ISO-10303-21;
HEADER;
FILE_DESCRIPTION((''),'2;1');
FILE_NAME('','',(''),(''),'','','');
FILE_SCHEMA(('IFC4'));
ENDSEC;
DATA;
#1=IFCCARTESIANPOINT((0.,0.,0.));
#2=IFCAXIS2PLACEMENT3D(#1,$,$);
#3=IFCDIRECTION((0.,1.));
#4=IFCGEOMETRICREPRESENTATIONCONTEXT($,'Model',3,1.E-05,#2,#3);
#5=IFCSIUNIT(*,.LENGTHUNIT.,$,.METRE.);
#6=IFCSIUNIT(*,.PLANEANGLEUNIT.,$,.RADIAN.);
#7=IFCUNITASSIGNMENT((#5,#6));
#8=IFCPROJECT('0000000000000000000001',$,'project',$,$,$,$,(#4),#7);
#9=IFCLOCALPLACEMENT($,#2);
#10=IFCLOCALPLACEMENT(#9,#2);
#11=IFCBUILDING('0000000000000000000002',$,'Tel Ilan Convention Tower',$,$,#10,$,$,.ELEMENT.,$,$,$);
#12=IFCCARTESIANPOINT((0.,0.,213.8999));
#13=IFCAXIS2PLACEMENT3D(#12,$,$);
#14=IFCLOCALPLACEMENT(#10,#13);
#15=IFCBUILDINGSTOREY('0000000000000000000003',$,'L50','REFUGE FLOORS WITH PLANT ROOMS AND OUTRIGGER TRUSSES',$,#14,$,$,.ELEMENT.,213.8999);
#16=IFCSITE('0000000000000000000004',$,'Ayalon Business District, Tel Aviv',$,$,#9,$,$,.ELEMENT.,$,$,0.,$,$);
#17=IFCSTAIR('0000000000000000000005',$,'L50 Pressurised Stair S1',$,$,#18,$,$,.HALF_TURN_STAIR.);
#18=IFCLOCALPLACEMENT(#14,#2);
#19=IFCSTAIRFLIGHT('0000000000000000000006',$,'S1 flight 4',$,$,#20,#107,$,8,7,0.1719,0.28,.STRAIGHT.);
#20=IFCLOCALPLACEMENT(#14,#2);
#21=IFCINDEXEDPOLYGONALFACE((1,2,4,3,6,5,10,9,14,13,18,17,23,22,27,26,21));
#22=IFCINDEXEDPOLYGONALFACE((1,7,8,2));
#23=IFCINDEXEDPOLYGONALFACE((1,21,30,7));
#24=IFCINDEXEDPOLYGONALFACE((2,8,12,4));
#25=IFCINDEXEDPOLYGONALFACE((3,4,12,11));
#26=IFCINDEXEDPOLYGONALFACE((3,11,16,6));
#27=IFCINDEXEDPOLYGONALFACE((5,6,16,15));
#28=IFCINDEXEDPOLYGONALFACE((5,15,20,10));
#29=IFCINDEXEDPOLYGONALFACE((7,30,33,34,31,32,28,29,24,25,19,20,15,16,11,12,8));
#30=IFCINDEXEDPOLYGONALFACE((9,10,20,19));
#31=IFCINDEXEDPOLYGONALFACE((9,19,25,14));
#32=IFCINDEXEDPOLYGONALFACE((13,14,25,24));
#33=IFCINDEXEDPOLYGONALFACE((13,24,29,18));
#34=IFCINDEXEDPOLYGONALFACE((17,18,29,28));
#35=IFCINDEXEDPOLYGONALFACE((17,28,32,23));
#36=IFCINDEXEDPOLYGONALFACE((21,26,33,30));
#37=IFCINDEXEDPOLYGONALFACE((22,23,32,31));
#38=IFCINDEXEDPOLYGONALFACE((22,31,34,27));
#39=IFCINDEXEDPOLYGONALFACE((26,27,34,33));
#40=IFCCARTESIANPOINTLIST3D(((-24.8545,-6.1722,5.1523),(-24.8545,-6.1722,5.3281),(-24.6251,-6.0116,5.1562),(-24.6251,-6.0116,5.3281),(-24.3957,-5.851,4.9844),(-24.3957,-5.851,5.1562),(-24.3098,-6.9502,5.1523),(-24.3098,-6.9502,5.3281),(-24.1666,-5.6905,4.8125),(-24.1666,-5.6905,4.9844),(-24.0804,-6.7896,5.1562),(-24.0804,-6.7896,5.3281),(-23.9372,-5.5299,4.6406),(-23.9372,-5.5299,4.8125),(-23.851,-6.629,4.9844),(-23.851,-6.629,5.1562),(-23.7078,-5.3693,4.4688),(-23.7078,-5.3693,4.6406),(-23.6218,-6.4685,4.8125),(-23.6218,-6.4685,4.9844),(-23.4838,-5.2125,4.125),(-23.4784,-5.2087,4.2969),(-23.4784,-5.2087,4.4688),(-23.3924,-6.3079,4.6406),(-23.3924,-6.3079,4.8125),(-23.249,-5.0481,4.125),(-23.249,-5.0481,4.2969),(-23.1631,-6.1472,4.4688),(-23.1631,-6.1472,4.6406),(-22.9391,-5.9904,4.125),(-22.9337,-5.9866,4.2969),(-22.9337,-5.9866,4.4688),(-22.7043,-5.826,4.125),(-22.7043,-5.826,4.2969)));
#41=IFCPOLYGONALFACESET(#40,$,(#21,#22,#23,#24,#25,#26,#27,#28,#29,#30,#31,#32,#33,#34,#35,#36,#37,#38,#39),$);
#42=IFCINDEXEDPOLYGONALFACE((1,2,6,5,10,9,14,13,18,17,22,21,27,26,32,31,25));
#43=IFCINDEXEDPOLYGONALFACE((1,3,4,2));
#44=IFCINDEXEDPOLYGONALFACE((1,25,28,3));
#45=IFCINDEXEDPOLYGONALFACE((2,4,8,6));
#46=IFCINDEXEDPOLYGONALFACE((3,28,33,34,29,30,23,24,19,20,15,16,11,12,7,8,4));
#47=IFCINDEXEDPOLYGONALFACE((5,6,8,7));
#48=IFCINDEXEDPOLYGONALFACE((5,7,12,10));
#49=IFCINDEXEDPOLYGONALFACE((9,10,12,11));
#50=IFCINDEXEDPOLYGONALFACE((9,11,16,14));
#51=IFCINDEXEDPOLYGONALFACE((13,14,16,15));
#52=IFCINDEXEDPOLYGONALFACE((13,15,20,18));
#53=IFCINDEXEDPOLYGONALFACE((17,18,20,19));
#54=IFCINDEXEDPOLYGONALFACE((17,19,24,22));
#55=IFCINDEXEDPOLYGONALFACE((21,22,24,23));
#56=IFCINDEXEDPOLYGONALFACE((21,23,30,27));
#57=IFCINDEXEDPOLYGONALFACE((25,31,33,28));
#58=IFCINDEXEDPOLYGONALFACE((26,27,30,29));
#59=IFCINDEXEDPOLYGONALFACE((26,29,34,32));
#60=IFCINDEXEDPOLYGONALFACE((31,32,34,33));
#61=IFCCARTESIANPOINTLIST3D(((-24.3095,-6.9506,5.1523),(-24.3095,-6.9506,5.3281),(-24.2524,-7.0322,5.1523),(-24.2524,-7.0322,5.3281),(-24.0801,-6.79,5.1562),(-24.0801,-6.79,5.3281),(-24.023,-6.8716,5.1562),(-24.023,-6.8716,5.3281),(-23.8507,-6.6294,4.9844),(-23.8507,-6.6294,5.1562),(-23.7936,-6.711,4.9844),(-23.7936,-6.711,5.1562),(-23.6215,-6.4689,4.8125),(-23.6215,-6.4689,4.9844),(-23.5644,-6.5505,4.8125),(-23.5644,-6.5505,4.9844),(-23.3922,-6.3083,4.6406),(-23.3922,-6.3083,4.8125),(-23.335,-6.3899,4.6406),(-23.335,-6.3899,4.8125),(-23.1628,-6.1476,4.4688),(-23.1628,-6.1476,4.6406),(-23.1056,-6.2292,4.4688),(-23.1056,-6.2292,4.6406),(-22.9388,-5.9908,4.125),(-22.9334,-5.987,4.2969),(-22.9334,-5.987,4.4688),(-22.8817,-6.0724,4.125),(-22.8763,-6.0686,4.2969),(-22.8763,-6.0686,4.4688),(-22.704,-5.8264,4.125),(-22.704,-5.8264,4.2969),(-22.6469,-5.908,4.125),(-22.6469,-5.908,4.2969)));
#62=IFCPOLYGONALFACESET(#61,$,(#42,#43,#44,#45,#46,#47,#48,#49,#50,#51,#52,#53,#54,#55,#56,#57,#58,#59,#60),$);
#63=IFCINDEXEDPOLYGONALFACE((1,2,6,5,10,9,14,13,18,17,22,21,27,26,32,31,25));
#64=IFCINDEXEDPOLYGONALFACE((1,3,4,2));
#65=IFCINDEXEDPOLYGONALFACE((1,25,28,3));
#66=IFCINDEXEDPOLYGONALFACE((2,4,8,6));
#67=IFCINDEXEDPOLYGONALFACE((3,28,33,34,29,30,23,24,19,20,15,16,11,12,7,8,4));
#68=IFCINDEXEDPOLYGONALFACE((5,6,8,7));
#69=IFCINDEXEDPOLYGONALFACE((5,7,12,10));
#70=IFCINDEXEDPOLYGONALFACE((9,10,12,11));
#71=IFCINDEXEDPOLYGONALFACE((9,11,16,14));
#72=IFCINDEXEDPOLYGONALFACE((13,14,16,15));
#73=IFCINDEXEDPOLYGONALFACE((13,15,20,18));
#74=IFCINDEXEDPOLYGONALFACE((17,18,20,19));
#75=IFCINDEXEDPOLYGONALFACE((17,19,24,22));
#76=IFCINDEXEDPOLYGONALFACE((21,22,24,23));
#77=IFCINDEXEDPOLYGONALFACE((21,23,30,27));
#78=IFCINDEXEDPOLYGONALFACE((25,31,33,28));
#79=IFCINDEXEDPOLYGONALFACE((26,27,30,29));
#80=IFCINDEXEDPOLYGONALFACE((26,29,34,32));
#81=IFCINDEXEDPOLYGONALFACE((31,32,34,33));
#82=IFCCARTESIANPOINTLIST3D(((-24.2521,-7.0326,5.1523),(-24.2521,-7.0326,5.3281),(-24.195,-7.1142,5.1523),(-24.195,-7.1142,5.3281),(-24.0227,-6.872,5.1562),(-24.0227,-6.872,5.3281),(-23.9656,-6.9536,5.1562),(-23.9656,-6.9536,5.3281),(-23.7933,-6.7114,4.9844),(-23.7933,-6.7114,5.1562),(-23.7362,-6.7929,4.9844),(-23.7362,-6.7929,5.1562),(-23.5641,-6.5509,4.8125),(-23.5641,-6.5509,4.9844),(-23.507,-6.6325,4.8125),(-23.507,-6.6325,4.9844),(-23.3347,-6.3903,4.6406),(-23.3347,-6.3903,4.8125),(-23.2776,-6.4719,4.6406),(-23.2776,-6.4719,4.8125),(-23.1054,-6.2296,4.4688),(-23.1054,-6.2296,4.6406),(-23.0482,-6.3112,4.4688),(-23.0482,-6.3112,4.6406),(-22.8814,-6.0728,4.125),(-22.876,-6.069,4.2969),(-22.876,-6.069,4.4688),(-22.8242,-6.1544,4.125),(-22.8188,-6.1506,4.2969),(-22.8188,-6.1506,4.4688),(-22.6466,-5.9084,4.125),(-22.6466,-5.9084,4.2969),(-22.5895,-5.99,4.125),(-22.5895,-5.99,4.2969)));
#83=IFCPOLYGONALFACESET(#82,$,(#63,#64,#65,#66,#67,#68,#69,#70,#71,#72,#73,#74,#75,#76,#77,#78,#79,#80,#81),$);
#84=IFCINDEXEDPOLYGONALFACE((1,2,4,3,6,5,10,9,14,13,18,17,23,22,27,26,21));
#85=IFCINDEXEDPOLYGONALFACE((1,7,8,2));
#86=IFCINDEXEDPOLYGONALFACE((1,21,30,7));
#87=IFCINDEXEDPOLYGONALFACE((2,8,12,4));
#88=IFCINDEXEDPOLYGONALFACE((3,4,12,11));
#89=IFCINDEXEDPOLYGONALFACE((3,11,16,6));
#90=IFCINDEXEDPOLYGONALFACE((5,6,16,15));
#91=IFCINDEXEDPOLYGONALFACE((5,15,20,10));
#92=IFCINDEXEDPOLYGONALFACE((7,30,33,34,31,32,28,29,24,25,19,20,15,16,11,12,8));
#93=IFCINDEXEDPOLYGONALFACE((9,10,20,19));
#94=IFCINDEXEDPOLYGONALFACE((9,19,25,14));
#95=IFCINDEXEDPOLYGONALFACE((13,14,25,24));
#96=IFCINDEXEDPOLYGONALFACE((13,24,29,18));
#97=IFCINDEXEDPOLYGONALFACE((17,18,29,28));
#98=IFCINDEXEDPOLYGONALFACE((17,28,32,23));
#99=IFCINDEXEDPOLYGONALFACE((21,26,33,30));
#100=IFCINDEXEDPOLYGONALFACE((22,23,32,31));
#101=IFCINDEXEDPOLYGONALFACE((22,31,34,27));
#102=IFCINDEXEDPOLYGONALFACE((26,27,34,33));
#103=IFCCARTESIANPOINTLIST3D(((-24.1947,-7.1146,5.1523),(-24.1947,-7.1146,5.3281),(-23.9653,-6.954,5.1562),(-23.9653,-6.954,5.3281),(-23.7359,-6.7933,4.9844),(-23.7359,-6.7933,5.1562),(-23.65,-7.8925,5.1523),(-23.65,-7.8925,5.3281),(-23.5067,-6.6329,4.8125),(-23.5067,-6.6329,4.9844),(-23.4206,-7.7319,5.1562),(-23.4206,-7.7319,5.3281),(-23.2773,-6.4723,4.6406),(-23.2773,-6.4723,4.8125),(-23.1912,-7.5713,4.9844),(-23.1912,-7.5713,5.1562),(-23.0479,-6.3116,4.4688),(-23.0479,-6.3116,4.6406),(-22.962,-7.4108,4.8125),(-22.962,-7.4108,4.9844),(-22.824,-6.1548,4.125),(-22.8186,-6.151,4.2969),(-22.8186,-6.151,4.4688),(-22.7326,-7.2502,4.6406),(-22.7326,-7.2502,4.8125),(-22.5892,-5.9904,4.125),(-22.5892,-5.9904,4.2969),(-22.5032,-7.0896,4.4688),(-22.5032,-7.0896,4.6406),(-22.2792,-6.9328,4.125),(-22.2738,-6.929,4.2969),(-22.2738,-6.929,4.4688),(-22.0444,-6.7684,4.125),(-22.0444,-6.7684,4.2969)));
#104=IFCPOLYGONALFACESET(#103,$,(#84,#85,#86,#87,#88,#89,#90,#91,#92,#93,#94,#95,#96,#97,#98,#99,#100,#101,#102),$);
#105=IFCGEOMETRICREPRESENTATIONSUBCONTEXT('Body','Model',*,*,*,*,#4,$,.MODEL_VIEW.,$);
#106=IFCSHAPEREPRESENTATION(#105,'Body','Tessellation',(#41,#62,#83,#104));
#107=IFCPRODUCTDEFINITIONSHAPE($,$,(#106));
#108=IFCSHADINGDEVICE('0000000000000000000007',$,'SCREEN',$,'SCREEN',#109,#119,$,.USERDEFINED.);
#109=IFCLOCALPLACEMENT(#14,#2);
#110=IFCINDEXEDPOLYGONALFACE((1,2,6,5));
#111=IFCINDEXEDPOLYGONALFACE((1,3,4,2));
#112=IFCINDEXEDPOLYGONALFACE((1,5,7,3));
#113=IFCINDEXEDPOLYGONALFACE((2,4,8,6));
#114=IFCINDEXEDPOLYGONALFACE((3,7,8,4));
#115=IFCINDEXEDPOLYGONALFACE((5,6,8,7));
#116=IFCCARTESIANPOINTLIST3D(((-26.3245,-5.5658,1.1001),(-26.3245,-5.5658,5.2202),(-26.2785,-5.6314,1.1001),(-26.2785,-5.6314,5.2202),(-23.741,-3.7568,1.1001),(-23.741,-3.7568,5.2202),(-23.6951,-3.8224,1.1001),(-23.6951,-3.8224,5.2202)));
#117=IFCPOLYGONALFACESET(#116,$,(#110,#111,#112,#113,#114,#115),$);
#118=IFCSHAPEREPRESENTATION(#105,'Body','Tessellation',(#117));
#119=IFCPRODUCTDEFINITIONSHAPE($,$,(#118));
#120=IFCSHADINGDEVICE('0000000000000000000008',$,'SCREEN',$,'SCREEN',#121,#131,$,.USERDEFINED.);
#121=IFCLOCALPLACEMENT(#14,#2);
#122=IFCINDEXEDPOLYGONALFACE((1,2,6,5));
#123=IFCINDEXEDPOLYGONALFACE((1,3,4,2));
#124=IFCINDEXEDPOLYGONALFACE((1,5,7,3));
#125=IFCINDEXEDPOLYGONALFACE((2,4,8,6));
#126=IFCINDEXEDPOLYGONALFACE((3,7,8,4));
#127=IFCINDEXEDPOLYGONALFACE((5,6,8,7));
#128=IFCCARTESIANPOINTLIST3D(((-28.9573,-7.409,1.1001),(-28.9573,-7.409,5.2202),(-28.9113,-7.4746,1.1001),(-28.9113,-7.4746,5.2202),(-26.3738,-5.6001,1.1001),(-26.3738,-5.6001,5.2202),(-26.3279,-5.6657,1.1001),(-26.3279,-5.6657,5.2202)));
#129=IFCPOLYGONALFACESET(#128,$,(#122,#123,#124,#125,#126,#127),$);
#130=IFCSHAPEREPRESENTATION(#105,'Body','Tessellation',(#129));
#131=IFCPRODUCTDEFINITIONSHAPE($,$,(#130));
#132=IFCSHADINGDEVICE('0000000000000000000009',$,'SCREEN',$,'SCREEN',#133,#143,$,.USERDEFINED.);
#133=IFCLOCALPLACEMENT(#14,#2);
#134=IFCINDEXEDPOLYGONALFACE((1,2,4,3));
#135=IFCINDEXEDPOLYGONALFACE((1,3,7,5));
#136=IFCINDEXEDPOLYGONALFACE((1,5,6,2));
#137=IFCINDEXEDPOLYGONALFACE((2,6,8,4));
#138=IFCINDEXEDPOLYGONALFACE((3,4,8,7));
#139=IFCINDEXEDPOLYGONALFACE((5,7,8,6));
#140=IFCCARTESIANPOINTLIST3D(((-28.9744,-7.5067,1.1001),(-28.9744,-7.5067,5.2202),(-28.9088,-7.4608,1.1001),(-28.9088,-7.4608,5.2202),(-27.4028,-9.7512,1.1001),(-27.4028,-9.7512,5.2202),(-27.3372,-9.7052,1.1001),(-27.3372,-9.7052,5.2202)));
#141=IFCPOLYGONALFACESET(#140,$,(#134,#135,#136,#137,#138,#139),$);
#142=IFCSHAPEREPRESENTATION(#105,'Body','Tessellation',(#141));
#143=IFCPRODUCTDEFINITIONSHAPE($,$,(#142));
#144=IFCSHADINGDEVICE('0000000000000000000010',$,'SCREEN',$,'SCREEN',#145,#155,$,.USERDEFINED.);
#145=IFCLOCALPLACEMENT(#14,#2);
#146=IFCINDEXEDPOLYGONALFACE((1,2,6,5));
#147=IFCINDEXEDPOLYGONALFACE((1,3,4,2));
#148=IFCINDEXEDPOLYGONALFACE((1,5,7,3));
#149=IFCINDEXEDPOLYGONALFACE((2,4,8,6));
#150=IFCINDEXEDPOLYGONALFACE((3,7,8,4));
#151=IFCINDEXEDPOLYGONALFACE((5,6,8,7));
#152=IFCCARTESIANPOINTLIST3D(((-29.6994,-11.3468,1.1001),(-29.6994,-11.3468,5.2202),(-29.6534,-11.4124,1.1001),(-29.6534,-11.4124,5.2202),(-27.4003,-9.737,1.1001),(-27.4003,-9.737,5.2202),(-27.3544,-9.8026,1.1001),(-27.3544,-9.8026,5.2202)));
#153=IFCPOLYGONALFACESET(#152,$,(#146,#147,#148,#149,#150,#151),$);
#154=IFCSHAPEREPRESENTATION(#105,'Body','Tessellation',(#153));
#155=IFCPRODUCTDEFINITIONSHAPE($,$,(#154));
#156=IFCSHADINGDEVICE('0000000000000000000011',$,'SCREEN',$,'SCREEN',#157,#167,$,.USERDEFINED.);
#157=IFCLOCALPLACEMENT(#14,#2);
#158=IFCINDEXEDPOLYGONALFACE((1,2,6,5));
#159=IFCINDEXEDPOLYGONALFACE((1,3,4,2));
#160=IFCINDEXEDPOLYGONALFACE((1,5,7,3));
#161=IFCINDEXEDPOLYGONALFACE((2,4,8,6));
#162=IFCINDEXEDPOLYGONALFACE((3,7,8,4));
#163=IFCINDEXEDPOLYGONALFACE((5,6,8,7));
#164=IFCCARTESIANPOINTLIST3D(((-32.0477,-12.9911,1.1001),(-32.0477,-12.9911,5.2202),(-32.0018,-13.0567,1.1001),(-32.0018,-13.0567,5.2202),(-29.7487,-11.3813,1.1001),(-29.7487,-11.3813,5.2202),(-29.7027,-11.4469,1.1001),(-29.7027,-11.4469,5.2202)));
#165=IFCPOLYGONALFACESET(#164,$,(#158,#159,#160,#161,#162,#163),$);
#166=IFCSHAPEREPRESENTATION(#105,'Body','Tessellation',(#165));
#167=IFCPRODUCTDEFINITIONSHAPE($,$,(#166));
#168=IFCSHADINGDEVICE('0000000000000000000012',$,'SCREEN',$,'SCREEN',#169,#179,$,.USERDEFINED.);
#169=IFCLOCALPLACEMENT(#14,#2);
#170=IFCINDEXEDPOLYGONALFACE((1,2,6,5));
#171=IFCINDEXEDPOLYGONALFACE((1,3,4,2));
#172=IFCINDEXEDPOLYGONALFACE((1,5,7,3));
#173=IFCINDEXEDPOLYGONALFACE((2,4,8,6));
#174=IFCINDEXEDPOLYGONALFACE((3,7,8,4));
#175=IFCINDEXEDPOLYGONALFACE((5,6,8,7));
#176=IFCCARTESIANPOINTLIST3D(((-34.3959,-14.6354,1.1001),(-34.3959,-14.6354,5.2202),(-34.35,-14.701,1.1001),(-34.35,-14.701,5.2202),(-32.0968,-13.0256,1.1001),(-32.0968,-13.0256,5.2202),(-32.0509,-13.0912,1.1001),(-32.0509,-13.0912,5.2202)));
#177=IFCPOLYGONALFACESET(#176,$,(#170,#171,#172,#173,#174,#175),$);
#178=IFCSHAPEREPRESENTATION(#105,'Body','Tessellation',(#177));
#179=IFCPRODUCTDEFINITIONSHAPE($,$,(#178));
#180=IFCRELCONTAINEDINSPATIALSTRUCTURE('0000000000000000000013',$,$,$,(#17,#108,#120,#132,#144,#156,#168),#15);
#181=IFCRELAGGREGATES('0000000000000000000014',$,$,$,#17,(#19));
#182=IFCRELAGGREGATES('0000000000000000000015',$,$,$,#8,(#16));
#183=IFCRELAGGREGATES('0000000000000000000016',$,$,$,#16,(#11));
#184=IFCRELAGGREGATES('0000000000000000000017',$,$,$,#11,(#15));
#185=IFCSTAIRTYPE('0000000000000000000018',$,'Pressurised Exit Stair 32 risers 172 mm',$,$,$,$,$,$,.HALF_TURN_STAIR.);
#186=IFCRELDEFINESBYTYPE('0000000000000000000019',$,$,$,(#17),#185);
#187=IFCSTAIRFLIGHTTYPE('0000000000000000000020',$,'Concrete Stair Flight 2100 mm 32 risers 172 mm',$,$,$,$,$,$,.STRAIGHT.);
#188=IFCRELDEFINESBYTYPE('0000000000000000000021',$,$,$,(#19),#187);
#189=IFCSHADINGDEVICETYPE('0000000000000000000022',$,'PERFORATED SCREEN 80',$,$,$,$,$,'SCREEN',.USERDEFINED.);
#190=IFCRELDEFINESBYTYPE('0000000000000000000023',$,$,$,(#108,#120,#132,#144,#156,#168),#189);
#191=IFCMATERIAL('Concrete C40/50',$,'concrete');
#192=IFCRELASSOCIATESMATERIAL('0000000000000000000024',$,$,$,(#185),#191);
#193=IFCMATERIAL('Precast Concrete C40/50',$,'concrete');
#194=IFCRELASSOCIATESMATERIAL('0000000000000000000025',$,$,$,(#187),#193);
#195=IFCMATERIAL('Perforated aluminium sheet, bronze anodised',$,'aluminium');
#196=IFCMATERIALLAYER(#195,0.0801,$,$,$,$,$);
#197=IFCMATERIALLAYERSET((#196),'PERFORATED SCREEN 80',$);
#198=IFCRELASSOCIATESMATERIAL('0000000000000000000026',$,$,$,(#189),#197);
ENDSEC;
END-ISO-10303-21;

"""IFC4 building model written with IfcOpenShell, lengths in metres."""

from ifc_helpers import new_model, si_unit, direction, frame, origin, origin_2d, place, context, subcontext, project, spatial, polyline, rectangle, outline, extrude, material, layer, layer_set, type_object, element, aggregate, save


model = new_model("IFC4")

# Units and contexts
model_context = context("Model", 3, precision=1e-05, world=origin(), true_north=direction((0.0, 1.0)))
body_context = subcontext(model_context, "Body", "Model", "MODEL_VIEW")
ifc_project = project(units=[si_unit("LENGTHUNIT", "METRE"), si_unit("PLANEANGLEUNIT", "RADIAN")], contexts=[model_context])

# Site, building, storey
site_placement = place(None, origin())
site = spatial("IfcSite", under=ifc_project, at=site_placement, Name="Ayalon Business District, Tel Aviv", CompositionType="ELEMENT", RefElevation=0.0)
building_placement = place(site_placement, origin())
building = spatial("IfcBuilding", under=site, at=building_placement, Name="Tel Ilan Convention Tower", CompositionType="ELEMENT")
storey_placement = place(building_placement, frame((0.0, 0.0, 213.8999)))
storey = spatial("IfcBuildingStorey", under=building, at=storey_placement, Name="L50", Description="REFUGE FLOORS WITH PLANT ROOMS AND OUTRIGGER TRUSSES", CompositionType="ELEMENT", Elevation=213.8999)

# Stair, stair flight
ifc_material_1 = material(Name="Concrete C40/50", Category="concrete")
stair_type = type_object("IfcStairType", Name="Pressurised Exit Stair 32 risers 172 mm", PredefinedType="HALF_TURN_STAIR", material=ifc_material_1)
stair_placement = place(storey_placement, origin())
stair = element("IfcStair", 1, at=stair_placement, inside=storey, type_object=stair_type, Name="L50 Pressurised Stair S1", PredefinedType="HALF_TURN_STAIR")
ifc_material_2 = material(Name="Precast Concrete C40/50", Category="concrete")
stair_flight_type = type_object("IfcStairFlightType", Name="Concrete Stair Flight 2100 mm 32 risers 172 mm", PredefinedType="STRAIGHT", material=ifc_material_2)
stair_flight_1_placement = place(storey_placement, frame((-22.6467, -5.9082, 4.125), z_axis=(0.0, 0.0, 1.0), x_axis=(-0.819152, -0.573576, 0.0)))
stair_flight_1 = element("IfcStairFlight", 2, at=stair_flight_1_placement, type_object=stair_flight_type, Name="S1 flight 4", NumberOfRisers=8, NumberOfTreads=7, PredefinedType="STRAIGHT", RiserHeight=0.1719, TreadLength=0.28, context=body_context, shape_type="SweptSolid", body=[
    extrude(outline(polyline([(0.0, 0.0), (0.0, 0.1719), (0.28, 0.1719), (0.28, 0.3438), (0.5601, 0.3438), (0.5601, 0.5156), (0.8401, 0.5156), (0.8401, 0.6875), (1.1201, 0.6875), (1.1201, 0.8594), (1.3999, 0.8594), (1.3999, 1.0312), (1.6799, 1.0312), (1.6799, 1.2031), (1.96, 1.2031), (1.96, 1.375), (1.96, 1.0273), (0.2866, 0.0), (0.0, 0.0)])), frame((0.0, -0.1003, 0.0), z_axis=(0.0, -1.0, 0.0), x_axis=(1.0, 0.0, 0.0)), (0.0, 0.0, 1.0), 0.9497),
    extrude(outline(polyline([(0.0, 0.0), (0.0, 0.1719), (0.28, 0.1719), (0.28, 0.3438), (0.5601, 0.3438), (0.5601, 0.5156), (0.8401, 0.5156), (0.8401, 0.6875), (1.1201, 0.6875), (1.1201, 0.8594), (1.3999, 0.8594), (1.3999, 1.0312), (1.6799, 1.0312), (1.6799, 1.2031), (1.96, 1.2031), (1.96, 1.375), (1.96, 1.0273), (0.2866, 0.0), (0.0, 0.0)])), frame((0.0, -0.0002, 0.0), z_axis=(0.0, -1.0, 0.0), x_axis=(1.0, 0.0, 0.0)), (0.0, 0.0, 1.0), 0.0996),
    extrude(outline(polyline([(0.0, 0.0), (0.0, 0.1719), (0.28, 0.1719), (0.28, 0.3438), (0.5601, 0.3438), (0.5601, 0.5156), (0.8401, 0.5156), (0.8401, 0.6875), (1.1201, 0.6875), (1.1201, 0.8594), (1.3999, 0.8594), (1.3999, 1.0312), (1.6799, 1.0312), (1.6799, 1.2031), (1.96, 1.2031), (1.96, 1.375), (1.96, 1.0273), (0.2866, 0.0), (0.0, 0.0)])), frame((0.0, 0.0999, 0.0), z_axis=(0.0, -1.0, 0.0), x_axis=(1.0, 0.0, 0.0)), (0.0, 0.0, 1.0), 0.0996),
    extrude(outline(polyline([(0.0, 0.0), (0.0, 0.1719), (0.28, 0.1719), (0.28, 0.3438), (0.5601, 0.3438), (0.5601, 0.5156), (0.8401, 0.5156), (0.8401, 0.6875), (1.1201, 0.6875), (1.1201, 0.8594), (1.3999, 0.8594), (1.3999, 1.0312), (1.6799, 1.0312), (1.6799, 1.2031), (1.96, 1.2031), (1.96, 1.375), (1.96, 1.0273), (0.2866, 0.0), (0.0, 0.0)])), frame((0.0, 1.05, 0.0), z_axis=(0.0, -1.0, 0.0), x_axis=(1.0, 0.0, 0.0)), (0.0, 0.0, 1.0), 0.9497),
])
aggregate(stair, [stair_flight_1])

# Shading devices
ifc_material_3 = material(Name="Perforated aluminium sheet, bronze anodised", Category="aluminium")
ifc_layer_1 = layer(ifc_material_3, 0.0801)
ifc_layer_set_1 = layer_set([ifc_layer_1], Name="PERFORATED SCREEN 80")
shading_device_type_1 = type_object("IfcShadingDeviceType", Name="PERFORATED SCREEN 80", ElementType="SCREEN", PredefinedType="USERDEFINED", material=ifc_layer_set_1)
for number, where, z_axis, x_axis, name in (
    (3, (-25.0098, -4.6941, 1.1001), (0.0, 0.0, 1.0), (-0.819152, -0.573576, 0.0), "SCREEN"),
    (4, (-27.6426, -6.5374, 1.1001), (0.0, 0.0, 1.0), (-0.819152, -0.573576, 0.0), "SCREEN"),
):
    element("IfcShadingDevice", number, at=place(storey_placement, frame(where, z_axis=z_axis, x_axis=x_axis)), inside=storey, type_object=shading_device_type_1, Name=name, ObjectType="SCREEN", PredefinedType="USERDEFINED", context=body_context, shape_type="SweptSolid", body=[
        extrude(rectangle(XDim=3.1538, YDim=0.0801, at=origin_2d()), origin(), (0.0, 0.0, 1.0), 4.1201),
    ])
shading_device_placement = place(storey_placement, frame((-28.1558, -8.606, 1.1001), z_axis=(0.0, 0.0, 1.0), x_axis=(0.573576, -0.819152, 0.0)))
element("IfcShadingDevice", 5, at=shading_device_placement, inside=storey, type_object=shading_device_type_1, Name="SCREEN", ObjectType="SCREEN", PredefinedType="USERDEFINED", context=body_context, shape_type="SweptSolid", body=[
    extrude(rectangle(XDim=2.74, YDim=0.0801, at=origin_2d()), origin(), (0.0, 0.0, 1.0), 4.1201),
])
for number, where, z_axis, x_axis, name in (
    (6, (-28.5269, -10.5747, 1.1001), (0.0, 0.0, 1.0), (-0.819152, -0.573576, 0.0), "SCREEN"),
    (7, (-30.8752, -12.219, 1.1001), (0.0, 0.0, 1.0), (-0.819152, -0.573576, 0.0), "SCREEN"),
    (8, (-33.2234, -13.8633, 1.1001), (0.0, 0.0, 1.0), (-0.819152, -0.573576, 0.0), "SCREEN"),
):
    element("IfcShadingDevice", number, at=place(storey_placement, frame(where, z_axis=z_axis, x_axis=x_axis)), inside=storey, type_object=shading_device_type_1, Name=name, ObjectType="SCREEN", PredefinedType="USERDEFINED", context=body_context, shape_type="SweptSolid", body=[
        extrude(rectangle(XDim=2.8066, YDim=0.0801, at=origin_2d()), origin(), (0.0, 0.0, 1.0), 4.1201),
    ])

save(model, "model.ifc")
